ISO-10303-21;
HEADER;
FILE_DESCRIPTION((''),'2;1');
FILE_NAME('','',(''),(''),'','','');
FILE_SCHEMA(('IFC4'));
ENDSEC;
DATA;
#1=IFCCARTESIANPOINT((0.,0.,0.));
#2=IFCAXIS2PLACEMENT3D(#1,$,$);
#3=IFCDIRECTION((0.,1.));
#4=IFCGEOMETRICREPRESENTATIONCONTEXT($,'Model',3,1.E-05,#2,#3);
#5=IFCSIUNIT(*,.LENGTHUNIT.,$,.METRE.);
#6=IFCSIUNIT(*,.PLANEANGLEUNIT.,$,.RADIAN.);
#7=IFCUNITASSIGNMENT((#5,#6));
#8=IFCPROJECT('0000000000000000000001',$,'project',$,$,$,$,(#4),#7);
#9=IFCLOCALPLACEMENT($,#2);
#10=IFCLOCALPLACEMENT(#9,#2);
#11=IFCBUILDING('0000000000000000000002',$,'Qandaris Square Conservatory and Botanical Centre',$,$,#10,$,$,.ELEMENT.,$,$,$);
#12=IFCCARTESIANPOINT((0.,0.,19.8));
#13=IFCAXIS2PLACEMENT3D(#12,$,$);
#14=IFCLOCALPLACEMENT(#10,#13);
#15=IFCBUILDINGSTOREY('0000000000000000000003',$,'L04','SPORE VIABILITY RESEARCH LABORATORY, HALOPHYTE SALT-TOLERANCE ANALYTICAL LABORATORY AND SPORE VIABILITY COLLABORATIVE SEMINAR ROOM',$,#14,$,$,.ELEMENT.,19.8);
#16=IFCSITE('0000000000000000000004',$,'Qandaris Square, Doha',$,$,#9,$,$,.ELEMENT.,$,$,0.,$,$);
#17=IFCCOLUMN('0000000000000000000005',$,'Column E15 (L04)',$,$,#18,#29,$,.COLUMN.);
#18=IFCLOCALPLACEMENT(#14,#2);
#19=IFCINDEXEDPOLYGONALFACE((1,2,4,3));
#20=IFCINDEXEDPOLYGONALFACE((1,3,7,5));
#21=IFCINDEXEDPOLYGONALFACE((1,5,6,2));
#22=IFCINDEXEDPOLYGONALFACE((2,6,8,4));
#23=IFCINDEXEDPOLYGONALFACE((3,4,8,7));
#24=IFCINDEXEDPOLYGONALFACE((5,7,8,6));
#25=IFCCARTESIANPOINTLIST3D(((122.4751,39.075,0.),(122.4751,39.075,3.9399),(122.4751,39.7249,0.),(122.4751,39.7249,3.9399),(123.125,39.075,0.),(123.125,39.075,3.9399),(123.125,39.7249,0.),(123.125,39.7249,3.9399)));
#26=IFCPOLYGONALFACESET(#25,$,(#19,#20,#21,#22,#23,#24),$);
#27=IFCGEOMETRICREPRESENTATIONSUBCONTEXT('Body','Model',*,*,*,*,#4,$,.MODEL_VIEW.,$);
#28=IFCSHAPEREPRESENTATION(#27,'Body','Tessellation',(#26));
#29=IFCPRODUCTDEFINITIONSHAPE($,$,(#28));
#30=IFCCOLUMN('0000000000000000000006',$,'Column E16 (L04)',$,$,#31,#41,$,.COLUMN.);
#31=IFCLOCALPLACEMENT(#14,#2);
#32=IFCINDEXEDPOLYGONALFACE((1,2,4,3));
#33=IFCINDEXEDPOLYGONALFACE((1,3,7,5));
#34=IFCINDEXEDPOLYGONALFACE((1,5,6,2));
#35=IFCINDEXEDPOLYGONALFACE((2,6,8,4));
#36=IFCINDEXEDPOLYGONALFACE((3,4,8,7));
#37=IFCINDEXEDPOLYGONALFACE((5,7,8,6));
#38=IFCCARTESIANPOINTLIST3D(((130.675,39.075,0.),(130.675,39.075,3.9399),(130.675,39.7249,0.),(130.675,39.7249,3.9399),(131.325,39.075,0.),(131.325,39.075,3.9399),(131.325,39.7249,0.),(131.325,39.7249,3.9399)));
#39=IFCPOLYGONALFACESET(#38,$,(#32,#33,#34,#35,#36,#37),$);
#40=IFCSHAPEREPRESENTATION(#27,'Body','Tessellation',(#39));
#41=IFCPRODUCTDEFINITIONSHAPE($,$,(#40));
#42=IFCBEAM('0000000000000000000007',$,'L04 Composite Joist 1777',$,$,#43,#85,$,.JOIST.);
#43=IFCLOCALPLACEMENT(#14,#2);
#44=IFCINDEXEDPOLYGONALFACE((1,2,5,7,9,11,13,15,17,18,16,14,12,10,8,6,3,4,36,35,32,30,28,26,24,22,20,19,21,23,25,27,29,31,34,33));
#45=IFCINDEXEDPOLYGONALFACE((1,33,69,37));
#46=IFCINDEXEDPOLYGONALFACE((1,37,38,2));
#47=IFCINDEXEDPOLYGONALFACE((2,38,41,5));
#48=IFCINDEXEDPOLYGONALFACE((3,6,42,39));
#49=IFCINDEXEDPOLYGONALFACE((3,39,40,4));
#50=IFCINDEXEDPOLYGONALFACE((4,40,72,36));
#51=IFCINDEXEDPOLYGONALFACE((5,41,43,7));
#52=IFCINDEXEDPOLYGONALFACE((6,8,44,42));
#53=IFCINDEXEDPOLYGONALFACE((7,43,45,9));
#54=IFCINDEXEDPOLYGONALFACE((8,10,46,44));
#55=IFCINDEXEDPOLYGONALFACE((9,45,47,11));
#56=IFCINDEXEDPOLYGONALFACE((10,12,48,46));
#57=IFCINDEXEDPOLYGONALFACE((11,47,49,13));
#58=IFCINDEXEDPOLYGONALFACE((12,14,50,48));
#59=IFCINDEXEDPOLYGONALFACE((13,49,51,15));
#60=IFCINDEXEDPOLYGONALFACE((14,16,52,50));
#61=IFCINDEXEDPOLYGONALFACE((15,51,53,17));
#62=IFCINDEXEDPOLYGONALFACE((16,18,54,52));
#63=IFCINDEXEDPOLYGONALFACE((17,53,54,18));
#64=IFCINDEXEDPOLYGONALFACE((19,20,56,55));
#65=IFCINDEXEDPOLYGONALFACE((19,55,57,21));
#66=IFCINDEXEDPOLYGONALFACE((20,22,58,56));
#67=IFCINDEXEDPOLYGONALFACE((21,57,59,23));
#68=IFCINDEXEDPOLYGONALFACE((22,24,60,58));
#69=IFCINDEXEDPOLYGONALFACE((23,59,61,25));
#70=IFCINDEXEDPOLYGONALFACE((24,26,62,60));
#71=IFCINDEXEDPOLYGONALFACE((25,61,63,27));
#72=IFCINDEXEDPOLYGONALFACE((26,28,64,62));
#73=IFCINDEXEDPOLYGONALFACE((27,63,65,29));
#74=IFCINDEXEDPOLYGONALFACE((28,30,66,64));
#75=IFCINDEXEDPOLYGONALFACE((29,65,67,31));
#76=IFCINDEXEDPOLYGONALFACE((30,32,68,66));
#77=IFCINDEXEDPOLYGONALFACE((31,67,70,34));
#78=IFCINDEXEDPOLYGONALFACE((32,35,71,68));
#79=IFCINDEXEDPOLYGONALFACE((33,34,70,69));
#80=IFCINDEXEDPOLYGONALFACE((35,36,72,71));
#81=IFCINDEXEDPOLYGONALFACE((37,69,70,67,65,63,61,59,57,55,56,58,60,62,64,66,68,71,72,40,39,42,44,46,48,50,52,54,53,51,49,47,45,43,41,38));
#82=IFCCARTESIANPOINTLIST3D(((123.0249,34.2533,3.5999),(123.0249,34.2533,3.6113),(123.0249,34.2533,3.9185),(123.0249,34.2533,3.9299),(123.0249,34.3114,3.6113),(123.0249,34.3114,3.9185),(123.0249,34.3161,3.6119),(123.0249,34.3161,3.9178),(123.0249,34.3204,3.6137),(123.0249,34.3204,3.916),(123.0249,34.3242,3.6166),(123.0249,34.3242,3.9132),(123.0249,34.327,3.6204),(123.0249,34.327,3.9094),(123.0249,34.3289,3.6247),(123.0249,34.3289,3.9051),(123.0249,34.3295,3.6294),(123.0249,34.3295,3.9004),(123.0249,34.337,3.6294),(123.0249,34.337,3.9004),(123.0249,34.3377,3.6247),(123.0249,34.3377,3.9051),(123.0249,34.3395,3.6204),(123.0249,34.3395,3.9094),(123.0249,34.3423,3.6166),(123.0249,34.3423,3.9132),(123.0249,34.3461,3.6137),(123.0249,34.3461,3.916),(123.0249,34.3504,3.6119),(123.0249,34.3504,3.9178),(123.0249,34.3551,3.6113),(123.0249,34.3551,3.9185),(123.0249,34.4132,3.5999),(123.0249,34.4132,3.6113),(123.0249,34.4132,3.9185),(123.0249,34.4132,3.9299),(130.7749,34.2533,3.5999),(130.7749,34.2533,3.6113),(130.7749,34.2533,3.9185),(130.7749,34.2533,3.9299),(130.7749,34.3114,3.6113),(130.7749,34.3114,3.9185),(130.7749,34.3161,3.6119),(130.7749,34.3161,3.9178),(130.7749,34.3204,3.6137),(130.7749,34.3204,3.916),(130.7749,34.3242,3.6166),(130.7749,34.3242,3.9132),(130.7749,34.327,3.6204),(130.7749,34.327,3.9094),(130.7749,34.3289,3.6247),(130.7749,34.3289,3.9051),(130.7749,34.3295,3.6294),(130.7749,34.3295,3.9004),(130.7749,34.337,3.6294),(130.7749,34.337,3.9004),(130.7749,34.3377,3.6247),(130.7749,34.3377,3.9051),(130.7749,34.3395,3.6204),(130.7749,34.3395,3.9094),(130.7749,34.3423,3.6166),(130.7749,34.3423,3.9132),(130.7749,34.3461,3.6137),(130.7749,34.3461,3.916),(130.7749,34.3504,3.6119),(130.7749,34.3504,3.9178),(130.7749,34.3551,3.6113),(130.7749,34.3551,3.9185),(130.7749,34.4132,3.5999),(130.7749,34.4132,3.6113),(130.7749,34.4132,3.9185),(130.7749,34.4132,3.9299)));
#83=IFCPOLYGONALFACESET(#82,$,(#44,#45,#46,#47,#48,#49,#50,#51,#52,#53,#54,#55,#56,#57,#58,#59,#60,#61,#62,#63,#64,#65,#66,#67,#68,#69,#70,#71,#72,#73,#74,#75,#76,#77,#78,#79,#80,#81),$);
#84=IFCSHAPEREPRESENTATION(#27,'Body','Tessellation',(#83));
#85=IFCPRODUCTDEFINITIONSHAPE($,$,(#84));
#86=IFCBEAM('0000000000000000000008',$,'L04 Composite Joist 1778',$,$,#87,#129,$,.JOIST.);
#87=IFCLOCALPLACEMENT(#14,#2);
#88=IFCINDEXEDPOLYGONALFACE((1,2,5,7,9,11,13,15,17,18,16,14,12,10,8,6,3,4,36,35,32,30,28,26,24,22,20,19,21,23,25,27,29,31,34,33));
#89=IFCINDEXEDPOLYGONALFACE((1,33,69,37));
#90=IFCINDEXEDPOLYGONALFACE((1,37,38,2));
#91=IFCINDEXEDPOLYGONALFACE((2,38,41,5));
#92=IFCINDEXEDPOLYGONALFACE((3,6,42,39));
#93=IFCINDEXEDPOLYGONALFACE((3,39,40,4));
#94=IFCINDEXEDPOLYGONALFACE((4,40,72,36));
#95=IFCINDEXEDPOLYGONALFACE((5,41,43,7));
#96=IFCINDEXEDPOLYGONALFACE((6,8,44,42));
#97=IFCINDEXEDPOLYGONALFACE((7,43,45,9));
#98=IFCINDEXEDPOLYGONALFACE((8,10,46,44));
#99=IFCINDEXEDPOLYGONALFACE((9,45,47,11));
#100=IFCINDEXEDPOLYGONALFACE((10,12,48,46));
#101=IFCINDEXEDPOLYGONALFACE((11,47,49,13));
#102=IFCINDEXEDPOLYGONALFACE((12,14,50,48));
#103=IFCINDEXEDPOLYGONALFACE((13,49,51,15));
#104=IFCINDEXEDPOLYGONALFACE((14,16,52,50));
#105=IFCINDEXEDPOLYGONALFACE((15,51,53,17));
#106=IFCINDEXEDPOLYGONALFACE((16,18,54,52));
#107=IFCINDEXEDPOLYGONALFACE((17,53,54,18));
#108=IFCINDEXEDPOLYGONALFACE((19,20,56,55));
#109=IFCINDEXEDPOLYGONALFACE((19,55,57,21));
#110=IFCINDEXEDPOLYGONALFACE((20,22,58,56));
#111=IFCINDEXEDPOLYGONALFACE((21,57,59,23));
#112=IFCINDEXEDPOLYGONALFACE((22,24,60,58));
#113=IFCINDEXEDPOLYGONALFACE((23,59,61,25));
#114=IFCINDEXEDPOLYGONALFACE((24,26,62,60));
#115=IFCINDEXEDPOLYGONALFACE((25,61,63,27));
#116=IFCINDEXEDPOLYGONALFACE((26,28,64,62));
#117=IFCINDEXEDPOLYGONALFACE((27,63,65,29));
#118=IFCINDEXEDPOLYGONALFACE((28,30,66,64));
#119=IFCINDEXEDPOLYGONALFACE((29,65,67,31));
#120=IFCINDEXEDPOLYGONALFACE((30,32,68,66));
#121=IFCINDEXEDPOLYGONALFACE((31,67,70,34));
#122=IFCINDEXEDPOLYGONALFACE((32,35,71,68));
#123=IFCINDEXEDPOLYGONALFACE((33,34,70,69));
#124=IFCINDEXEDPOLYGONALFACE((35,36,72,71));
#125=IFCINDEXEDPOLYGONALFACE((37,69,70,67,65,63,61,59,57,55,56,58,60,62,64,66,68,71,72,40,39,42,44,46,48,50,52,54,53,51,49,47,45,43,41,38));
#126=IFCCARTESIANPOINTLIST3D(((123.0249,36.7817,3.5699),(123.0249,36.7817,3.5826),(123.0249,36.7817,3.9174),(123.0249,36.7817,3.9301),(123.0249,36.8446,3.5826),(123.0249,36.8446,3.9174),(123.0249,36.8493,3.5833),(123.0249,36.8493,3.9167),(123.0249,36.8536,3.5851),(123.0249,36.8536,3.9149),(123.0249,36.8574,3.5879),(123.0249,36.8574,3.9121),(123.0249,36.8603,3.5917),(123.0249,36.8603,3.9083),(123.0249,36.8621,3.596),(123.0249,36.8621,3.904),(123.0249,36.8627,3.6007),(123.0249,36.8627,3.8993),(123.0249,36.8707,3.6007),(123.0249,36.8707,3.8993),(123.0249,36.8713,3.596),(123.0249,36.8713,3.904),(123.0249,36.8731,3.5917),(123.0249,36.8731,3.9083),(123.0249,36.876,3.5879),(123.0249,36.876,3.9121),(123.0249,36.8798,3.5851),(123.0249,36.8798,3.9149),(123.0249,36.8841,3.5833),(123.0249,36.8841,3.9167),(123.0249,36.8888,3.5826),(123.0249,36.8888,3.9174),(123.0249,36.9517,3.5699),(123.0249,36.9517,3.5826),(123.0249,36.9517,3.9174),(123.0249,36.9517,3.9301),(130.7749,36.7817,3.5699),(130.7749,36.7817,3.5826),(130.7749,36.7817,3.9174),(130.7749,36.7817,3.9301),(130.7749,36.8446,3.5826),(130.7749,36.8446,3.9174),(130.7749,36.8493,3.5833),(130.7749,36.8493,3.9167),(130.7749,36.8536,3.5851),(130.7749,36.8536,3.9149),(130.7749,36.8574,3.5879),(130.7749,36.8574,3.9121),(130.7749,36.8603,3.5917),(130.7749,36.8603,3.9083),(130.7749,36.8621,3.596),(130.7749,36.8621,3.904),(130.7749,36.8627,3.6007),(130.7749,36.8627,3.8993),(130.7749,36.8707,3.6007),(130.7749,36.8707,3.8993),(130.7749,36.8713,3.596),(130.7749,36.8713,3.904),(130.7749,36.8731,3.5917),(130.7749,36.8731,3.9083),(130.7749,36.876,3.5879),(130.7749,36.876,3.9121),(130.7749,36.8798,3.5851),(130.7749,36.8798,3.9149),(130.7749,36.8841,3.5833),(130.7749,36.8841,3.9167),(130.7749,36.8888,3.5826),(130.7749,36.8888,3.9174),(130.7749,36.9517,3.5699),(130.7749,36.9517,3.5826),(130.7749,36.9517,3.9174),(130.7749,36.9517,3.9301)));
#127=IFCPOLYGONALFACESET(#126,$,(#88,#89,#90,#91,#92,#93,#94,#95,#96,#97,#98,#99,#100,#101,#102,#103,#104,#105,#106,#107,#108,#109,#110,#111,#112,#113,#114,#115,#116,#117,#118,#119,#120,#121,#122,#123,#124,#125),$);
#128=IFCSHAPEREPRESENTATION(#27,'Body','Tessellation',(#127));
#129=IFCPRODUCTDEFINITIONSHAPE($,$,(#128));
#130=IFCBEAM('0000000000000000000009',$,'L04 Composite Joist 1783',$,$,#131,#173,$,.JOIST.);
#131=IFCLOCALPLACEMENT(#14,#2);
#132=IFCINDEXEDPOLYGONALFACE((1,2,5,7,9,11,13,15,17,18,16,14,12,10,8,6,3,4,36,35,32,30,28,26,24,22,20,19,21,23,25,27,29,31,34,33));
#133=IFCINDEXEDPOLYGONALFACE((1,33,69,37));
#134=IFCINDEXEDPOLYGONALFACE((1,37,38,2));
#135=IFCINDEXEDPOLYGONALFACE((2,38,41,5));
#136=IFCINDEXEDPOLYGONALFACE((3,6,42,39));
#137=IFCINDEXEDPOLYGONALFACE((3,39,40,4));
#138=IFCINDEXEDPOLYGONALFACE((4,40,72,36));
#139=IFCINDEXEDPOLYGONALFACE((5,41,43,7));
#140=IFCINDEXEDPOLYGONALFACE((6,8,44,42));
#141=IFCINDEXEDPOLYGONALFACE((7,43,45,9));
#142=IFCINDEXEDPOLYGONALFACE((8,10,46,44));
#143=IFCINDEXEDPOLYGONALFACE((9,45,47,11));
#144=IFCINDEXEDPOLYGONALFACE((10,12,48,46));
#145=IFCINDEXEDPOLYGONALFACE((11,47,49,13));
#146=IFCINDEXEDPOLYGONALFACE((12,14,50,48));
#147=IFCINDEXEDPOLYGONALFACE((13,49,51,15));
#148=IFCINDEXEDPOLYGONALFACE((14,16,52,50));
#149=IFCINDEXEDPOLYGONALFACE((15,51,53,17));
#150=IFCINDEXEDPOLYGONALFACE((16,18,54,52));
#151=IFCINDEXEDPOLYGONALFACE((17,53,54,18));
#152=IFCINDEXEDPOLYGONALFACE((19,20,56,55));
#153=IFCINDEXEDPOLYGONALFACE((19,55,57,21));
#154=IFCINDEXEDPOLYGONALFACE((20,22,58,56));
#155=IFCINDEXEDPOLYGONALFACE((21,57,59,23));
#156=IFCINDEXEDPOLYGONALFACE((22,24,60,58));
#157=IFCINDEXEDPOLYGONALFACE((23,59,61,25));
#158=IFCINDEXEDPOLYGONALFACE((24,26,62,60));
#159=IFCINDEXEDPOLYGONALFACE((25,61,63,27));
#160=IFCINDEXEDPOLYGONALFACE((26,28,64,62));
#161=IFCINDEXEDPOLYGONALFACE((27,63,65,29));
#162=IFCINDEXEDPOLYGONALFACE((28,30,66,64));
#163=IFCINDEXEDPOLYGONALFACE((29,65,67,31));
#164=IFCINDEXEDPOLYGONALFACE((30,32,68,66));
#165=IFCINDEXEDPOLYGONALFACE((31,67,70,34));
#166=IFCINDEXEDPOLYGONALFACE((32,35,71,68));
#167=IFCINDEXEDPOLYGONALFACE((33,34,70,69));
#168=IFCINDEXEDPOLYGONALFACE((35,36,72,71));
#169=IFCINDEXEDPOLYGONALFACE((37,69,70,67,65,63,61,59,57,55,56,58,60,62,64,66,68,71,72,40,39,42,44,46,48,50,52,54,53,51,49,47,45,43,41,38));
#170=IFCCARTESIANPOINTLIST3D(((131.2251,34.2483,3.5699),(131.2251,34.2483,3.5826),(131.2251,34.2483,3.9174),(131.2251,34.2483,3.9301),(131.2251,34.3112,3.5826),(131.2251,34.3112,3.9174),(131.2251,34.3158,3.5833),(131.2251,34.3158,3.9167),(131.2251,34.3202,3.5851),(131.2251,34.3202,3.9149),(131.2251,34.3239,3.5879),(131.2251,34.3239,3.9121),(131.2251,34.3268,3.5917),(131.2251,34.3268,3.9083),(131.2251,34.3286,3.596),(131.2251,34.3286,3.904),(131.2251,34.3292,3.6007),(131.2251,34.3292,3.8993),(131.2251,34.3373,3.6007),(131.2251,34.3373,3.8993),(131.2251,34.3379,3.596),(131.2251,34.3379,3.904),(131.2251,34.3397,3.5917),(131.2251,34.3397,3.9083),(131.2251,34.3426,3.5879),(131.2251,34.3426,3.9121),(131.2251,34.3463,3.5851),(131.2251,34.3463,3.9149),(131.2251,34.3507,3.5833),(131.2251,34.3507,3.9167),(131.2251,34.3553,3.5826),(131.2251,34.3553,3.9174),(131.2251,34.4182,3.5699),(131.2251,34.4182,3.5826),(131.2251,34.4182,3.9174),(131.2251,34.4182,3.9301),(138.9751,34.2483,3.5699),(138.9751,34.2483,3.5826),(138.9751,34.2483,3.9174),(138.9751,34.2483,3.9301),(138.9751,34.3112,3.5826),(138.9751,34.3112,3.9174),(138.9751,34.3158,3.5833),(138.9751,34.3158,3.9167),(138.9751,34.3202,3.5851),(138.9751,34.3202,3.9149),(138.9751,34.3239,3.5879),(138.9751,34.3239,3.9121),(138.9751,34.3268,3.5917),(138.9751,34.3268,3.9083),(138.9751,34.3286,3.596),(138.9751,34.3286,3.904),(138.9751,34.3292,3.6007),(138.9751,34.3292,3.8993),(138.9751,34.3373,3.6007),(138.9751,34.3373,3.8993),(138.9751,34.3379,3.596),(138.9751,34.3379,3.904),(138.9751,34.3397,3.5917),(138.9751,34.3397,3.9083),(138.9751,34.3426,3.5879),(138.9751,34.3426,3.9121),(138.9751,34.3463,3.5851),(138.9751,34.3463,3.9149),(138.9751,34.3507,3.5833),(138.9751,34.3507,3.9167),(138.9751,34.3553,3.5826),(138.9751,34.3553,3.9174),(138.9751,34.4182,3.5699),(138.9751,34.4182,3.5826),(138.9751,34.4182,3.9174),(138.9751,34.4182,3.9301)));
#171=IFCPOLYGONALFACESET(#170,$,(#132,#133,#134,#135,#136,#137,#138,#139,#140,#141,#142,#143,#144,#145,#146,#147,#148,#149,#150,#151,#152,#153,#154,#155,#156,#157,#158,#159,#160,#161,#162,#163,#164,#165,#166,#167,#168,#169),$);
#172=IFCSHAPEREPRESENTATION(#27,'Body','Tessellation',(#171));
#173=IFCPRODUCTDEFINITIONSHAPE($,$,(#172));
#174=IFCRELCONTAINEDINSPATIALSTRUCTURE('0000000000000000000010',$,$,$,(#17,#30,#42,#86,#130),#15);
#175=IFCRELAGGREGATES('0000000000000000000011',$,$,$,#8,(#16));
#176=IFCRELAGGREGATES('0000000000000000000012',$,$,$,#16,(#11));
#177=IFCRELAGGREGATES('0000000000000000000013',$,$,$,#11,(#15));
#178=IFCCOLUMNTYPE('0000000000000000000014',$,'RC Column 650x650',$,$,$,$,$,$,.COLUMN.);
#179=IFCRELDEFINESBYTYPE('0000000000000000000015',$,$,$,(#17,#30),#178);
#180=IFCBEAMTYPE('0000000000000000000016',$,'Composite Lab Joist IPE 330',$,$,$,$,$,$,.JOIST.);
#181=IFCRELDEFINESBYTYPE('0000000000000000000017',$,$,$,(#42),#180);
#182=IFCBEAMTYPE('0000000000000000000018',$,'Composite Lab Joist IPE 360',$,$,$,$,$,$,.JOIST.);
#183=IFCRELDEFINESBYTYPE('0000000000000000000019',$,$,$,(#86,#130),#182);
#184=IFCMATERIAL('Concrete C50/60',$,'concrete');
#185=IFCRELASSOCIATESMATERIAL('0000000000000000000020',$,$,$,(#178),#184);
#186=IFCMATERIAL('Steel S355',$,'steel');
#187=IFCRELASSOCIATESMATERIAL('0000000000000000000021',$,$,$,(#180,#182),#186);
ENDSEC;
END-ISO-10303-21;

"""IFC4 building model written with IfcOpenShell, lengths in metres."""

from ifc_helpers import new_model, si_unit, direction, frame, origin, origin_2d, place, context, subcontext, project, spatial, rectangle, i_section, extrude, material, material_profile, profile_set, type_object, element, save


model = new_model("IFC4")

# Units and contexts
model_context = context("Model", 3, precision=1e-05, world=origin(), true_north=direction((0.0, 1.0)))
body_context = subcontext(model_context, "Body", "Model", "MODEL_VIEW")
ifc_project = project(units=[si_unit("LENGTHUNIT", "METRE"), si_unit("PLANEANGLEUNIT", "RADIAN")], contexts=[model_context])

# Site, building, storey
site_placement = place(None, origin())
site = spatial("IfcSite", under=ifc_project, at=site_placement, Name="Qandaris Square, Doha", CompositionType="ELEMENT", RefElevation=0.0)
building_placement = place(site_placement, origin())
building = spatial("IfcBuilding", under=site, at=building_placement, Name="Qandaris Square Conservatory and Botanical Centre", CompositionType="ELEMENT")
storey_placement = place(building_placement, frame((0.0, 0.0, 19.8)))
storey = spatial("IfcBuildingStorey", under=building, at=storey_placement, Name="L04", Description="SPORE VIABILITY RESEARCH LABORATORY, HALOPHYTE SALT-TOLERANCE ANALYTICAL LABORATORY AND SPORE VIABILITY COLLABORATIVE SEMINAR ROOM", CompositionType="ELEMENT", Elevation=19.8)

# Columns
ifc_material_1 = material(Name="Concrete C50/60", Category="concrete")
ifc_material_profile_1 = material_profile(ifc_material_1, rectangle(XDim=0.6499, YDim=0.6499, at=origin_2d()), Name="RC-COL 650x650")
ifc_profile_set_1 = profile_set([ifc_material_profile_1], Name="Concrete C50/60")
column_type = type_object("IfcColumnType", Name="RC Column 650x650", PredefinedType="COLUMN", material=ifc_profile_set_1)
for number, where, z_axis, x_axis, name in (
    (1, (122.8, 39.3999, 0.0), (0.0, 0.0, 1.0), (1.0, 0.0, 0.0), "Column E15 (L04)"),
    (2, (131.0, 39.3999, 0.0), (0.0, 0.0, 1.0), (1.0, 0.0, 0.0), "Column E16 (L04)"),
):
    element("IfcColumn", number, at=place(storey_placement, frame(where, z_axis=z_axis, x_axis=x_axis)), inside=storey, type_object=column_type, Name=name, PredefinedType="COLUMN", context=body_context, shape_type="SweptSolid", body=[
        extrude(rectangle(XDim=0.6499, YDim=0.6499, at=origin_2d()), origin(), (0.0, 0.0, 1.0), 3.9399),
    ])

# Beams
ifc_material_2 = material(Name="Steel S355", Category="steel")
ifc_material_profile_2 = material_profile(ifc_material_2, i_section(OverallWidth=0.1599, OverallDepth=0.3301, WebThickness=0.0076, FlangeThickness=0.0115, FilletRadius=0.0181, at=origin_2d()), Name="IPE 330")
ifc_profile_set_2 = profile_set([ifc_material_profile_2], Name="Steel S355")
beam_type_1 = type_object("IfcBeamType", Name="Composite Lab Joist IPE 330", PredefinedType="JOIST", material=ifc_profile_set_2)
beam_1_placement = place(storey_placement, frame((123.0249, 34.3333, 3.7649), z_axis=(1.0, 0.0, 0.0), x_axis=(0.0, 1.0, 0.0)))
element("IfcBeam", 3, at=beam_1_placement, inside=storey, type_object=beam_type_1, Name="L04 Composite Joist 1777", PredefinedType="JOIST", context=body_context, shape_type="SweptSolid", body=[
    extrude(i_section(OverallWidth=0.1599, OverallDepth=0.3301, WebThickness=0.0076, FlangeThickness=0.0115, FilletRadius=0.0181, at=origin_2d()), origin(), (0.0, 0.0, 1.0), 7.75),
])
ifc_material_profile_3 = material_profile(ifc_material_2, i_section(OverallWidth=0.1699, OverallDepth=0.3601, WebThickness=0.0081, FlangeThickness=0.0127, FilletRadius=0.0181, at=origin_2d()), Name="IPE 360")
ifc_profile_set_3 = profile_set([ifc_material_profile_3], Name="Steel S355")
beam_type_2 = type_object("IfcBeamType", Name="Composite Lab Joist IPE 360", PredefinedType="JOIST", material=ifc_profile_set_3)
for number, where, z_axis, x_axis, name in (
    (4, (123.0249, 36.8667, 3.75), (1.0, 0.0, 0.0), (0.0, 1.0, 0.0), "L04 Composite Joist 1778"),
    (5, (131.2251, 34.3333, 3.75), (1.0, 0.0, 0.0), (0.0, 1.0, 0.0), "L04 Composite Joist 1783"),
):
    element("IfcBeam", number, at=place(storey_placement, frame(where, z_axis=z_axis, x_axis=x_axis)), inside=storey, type_object=beam_type_2, Name=name, PredefinedType="JOIST", context=body_context, shape_type="SweptSolid", body=[
        extrude(i_section(OverallWidth=0.1699, OverallDepth=0.3601, WebThickness=0.0081, FlangeThickness=0.0127, FilletRadius=0.0181, at=origin_2d()), origin(), (0.0, 0.0, 1.0), 7.75),
    ])

save(model, "model.ifc")
